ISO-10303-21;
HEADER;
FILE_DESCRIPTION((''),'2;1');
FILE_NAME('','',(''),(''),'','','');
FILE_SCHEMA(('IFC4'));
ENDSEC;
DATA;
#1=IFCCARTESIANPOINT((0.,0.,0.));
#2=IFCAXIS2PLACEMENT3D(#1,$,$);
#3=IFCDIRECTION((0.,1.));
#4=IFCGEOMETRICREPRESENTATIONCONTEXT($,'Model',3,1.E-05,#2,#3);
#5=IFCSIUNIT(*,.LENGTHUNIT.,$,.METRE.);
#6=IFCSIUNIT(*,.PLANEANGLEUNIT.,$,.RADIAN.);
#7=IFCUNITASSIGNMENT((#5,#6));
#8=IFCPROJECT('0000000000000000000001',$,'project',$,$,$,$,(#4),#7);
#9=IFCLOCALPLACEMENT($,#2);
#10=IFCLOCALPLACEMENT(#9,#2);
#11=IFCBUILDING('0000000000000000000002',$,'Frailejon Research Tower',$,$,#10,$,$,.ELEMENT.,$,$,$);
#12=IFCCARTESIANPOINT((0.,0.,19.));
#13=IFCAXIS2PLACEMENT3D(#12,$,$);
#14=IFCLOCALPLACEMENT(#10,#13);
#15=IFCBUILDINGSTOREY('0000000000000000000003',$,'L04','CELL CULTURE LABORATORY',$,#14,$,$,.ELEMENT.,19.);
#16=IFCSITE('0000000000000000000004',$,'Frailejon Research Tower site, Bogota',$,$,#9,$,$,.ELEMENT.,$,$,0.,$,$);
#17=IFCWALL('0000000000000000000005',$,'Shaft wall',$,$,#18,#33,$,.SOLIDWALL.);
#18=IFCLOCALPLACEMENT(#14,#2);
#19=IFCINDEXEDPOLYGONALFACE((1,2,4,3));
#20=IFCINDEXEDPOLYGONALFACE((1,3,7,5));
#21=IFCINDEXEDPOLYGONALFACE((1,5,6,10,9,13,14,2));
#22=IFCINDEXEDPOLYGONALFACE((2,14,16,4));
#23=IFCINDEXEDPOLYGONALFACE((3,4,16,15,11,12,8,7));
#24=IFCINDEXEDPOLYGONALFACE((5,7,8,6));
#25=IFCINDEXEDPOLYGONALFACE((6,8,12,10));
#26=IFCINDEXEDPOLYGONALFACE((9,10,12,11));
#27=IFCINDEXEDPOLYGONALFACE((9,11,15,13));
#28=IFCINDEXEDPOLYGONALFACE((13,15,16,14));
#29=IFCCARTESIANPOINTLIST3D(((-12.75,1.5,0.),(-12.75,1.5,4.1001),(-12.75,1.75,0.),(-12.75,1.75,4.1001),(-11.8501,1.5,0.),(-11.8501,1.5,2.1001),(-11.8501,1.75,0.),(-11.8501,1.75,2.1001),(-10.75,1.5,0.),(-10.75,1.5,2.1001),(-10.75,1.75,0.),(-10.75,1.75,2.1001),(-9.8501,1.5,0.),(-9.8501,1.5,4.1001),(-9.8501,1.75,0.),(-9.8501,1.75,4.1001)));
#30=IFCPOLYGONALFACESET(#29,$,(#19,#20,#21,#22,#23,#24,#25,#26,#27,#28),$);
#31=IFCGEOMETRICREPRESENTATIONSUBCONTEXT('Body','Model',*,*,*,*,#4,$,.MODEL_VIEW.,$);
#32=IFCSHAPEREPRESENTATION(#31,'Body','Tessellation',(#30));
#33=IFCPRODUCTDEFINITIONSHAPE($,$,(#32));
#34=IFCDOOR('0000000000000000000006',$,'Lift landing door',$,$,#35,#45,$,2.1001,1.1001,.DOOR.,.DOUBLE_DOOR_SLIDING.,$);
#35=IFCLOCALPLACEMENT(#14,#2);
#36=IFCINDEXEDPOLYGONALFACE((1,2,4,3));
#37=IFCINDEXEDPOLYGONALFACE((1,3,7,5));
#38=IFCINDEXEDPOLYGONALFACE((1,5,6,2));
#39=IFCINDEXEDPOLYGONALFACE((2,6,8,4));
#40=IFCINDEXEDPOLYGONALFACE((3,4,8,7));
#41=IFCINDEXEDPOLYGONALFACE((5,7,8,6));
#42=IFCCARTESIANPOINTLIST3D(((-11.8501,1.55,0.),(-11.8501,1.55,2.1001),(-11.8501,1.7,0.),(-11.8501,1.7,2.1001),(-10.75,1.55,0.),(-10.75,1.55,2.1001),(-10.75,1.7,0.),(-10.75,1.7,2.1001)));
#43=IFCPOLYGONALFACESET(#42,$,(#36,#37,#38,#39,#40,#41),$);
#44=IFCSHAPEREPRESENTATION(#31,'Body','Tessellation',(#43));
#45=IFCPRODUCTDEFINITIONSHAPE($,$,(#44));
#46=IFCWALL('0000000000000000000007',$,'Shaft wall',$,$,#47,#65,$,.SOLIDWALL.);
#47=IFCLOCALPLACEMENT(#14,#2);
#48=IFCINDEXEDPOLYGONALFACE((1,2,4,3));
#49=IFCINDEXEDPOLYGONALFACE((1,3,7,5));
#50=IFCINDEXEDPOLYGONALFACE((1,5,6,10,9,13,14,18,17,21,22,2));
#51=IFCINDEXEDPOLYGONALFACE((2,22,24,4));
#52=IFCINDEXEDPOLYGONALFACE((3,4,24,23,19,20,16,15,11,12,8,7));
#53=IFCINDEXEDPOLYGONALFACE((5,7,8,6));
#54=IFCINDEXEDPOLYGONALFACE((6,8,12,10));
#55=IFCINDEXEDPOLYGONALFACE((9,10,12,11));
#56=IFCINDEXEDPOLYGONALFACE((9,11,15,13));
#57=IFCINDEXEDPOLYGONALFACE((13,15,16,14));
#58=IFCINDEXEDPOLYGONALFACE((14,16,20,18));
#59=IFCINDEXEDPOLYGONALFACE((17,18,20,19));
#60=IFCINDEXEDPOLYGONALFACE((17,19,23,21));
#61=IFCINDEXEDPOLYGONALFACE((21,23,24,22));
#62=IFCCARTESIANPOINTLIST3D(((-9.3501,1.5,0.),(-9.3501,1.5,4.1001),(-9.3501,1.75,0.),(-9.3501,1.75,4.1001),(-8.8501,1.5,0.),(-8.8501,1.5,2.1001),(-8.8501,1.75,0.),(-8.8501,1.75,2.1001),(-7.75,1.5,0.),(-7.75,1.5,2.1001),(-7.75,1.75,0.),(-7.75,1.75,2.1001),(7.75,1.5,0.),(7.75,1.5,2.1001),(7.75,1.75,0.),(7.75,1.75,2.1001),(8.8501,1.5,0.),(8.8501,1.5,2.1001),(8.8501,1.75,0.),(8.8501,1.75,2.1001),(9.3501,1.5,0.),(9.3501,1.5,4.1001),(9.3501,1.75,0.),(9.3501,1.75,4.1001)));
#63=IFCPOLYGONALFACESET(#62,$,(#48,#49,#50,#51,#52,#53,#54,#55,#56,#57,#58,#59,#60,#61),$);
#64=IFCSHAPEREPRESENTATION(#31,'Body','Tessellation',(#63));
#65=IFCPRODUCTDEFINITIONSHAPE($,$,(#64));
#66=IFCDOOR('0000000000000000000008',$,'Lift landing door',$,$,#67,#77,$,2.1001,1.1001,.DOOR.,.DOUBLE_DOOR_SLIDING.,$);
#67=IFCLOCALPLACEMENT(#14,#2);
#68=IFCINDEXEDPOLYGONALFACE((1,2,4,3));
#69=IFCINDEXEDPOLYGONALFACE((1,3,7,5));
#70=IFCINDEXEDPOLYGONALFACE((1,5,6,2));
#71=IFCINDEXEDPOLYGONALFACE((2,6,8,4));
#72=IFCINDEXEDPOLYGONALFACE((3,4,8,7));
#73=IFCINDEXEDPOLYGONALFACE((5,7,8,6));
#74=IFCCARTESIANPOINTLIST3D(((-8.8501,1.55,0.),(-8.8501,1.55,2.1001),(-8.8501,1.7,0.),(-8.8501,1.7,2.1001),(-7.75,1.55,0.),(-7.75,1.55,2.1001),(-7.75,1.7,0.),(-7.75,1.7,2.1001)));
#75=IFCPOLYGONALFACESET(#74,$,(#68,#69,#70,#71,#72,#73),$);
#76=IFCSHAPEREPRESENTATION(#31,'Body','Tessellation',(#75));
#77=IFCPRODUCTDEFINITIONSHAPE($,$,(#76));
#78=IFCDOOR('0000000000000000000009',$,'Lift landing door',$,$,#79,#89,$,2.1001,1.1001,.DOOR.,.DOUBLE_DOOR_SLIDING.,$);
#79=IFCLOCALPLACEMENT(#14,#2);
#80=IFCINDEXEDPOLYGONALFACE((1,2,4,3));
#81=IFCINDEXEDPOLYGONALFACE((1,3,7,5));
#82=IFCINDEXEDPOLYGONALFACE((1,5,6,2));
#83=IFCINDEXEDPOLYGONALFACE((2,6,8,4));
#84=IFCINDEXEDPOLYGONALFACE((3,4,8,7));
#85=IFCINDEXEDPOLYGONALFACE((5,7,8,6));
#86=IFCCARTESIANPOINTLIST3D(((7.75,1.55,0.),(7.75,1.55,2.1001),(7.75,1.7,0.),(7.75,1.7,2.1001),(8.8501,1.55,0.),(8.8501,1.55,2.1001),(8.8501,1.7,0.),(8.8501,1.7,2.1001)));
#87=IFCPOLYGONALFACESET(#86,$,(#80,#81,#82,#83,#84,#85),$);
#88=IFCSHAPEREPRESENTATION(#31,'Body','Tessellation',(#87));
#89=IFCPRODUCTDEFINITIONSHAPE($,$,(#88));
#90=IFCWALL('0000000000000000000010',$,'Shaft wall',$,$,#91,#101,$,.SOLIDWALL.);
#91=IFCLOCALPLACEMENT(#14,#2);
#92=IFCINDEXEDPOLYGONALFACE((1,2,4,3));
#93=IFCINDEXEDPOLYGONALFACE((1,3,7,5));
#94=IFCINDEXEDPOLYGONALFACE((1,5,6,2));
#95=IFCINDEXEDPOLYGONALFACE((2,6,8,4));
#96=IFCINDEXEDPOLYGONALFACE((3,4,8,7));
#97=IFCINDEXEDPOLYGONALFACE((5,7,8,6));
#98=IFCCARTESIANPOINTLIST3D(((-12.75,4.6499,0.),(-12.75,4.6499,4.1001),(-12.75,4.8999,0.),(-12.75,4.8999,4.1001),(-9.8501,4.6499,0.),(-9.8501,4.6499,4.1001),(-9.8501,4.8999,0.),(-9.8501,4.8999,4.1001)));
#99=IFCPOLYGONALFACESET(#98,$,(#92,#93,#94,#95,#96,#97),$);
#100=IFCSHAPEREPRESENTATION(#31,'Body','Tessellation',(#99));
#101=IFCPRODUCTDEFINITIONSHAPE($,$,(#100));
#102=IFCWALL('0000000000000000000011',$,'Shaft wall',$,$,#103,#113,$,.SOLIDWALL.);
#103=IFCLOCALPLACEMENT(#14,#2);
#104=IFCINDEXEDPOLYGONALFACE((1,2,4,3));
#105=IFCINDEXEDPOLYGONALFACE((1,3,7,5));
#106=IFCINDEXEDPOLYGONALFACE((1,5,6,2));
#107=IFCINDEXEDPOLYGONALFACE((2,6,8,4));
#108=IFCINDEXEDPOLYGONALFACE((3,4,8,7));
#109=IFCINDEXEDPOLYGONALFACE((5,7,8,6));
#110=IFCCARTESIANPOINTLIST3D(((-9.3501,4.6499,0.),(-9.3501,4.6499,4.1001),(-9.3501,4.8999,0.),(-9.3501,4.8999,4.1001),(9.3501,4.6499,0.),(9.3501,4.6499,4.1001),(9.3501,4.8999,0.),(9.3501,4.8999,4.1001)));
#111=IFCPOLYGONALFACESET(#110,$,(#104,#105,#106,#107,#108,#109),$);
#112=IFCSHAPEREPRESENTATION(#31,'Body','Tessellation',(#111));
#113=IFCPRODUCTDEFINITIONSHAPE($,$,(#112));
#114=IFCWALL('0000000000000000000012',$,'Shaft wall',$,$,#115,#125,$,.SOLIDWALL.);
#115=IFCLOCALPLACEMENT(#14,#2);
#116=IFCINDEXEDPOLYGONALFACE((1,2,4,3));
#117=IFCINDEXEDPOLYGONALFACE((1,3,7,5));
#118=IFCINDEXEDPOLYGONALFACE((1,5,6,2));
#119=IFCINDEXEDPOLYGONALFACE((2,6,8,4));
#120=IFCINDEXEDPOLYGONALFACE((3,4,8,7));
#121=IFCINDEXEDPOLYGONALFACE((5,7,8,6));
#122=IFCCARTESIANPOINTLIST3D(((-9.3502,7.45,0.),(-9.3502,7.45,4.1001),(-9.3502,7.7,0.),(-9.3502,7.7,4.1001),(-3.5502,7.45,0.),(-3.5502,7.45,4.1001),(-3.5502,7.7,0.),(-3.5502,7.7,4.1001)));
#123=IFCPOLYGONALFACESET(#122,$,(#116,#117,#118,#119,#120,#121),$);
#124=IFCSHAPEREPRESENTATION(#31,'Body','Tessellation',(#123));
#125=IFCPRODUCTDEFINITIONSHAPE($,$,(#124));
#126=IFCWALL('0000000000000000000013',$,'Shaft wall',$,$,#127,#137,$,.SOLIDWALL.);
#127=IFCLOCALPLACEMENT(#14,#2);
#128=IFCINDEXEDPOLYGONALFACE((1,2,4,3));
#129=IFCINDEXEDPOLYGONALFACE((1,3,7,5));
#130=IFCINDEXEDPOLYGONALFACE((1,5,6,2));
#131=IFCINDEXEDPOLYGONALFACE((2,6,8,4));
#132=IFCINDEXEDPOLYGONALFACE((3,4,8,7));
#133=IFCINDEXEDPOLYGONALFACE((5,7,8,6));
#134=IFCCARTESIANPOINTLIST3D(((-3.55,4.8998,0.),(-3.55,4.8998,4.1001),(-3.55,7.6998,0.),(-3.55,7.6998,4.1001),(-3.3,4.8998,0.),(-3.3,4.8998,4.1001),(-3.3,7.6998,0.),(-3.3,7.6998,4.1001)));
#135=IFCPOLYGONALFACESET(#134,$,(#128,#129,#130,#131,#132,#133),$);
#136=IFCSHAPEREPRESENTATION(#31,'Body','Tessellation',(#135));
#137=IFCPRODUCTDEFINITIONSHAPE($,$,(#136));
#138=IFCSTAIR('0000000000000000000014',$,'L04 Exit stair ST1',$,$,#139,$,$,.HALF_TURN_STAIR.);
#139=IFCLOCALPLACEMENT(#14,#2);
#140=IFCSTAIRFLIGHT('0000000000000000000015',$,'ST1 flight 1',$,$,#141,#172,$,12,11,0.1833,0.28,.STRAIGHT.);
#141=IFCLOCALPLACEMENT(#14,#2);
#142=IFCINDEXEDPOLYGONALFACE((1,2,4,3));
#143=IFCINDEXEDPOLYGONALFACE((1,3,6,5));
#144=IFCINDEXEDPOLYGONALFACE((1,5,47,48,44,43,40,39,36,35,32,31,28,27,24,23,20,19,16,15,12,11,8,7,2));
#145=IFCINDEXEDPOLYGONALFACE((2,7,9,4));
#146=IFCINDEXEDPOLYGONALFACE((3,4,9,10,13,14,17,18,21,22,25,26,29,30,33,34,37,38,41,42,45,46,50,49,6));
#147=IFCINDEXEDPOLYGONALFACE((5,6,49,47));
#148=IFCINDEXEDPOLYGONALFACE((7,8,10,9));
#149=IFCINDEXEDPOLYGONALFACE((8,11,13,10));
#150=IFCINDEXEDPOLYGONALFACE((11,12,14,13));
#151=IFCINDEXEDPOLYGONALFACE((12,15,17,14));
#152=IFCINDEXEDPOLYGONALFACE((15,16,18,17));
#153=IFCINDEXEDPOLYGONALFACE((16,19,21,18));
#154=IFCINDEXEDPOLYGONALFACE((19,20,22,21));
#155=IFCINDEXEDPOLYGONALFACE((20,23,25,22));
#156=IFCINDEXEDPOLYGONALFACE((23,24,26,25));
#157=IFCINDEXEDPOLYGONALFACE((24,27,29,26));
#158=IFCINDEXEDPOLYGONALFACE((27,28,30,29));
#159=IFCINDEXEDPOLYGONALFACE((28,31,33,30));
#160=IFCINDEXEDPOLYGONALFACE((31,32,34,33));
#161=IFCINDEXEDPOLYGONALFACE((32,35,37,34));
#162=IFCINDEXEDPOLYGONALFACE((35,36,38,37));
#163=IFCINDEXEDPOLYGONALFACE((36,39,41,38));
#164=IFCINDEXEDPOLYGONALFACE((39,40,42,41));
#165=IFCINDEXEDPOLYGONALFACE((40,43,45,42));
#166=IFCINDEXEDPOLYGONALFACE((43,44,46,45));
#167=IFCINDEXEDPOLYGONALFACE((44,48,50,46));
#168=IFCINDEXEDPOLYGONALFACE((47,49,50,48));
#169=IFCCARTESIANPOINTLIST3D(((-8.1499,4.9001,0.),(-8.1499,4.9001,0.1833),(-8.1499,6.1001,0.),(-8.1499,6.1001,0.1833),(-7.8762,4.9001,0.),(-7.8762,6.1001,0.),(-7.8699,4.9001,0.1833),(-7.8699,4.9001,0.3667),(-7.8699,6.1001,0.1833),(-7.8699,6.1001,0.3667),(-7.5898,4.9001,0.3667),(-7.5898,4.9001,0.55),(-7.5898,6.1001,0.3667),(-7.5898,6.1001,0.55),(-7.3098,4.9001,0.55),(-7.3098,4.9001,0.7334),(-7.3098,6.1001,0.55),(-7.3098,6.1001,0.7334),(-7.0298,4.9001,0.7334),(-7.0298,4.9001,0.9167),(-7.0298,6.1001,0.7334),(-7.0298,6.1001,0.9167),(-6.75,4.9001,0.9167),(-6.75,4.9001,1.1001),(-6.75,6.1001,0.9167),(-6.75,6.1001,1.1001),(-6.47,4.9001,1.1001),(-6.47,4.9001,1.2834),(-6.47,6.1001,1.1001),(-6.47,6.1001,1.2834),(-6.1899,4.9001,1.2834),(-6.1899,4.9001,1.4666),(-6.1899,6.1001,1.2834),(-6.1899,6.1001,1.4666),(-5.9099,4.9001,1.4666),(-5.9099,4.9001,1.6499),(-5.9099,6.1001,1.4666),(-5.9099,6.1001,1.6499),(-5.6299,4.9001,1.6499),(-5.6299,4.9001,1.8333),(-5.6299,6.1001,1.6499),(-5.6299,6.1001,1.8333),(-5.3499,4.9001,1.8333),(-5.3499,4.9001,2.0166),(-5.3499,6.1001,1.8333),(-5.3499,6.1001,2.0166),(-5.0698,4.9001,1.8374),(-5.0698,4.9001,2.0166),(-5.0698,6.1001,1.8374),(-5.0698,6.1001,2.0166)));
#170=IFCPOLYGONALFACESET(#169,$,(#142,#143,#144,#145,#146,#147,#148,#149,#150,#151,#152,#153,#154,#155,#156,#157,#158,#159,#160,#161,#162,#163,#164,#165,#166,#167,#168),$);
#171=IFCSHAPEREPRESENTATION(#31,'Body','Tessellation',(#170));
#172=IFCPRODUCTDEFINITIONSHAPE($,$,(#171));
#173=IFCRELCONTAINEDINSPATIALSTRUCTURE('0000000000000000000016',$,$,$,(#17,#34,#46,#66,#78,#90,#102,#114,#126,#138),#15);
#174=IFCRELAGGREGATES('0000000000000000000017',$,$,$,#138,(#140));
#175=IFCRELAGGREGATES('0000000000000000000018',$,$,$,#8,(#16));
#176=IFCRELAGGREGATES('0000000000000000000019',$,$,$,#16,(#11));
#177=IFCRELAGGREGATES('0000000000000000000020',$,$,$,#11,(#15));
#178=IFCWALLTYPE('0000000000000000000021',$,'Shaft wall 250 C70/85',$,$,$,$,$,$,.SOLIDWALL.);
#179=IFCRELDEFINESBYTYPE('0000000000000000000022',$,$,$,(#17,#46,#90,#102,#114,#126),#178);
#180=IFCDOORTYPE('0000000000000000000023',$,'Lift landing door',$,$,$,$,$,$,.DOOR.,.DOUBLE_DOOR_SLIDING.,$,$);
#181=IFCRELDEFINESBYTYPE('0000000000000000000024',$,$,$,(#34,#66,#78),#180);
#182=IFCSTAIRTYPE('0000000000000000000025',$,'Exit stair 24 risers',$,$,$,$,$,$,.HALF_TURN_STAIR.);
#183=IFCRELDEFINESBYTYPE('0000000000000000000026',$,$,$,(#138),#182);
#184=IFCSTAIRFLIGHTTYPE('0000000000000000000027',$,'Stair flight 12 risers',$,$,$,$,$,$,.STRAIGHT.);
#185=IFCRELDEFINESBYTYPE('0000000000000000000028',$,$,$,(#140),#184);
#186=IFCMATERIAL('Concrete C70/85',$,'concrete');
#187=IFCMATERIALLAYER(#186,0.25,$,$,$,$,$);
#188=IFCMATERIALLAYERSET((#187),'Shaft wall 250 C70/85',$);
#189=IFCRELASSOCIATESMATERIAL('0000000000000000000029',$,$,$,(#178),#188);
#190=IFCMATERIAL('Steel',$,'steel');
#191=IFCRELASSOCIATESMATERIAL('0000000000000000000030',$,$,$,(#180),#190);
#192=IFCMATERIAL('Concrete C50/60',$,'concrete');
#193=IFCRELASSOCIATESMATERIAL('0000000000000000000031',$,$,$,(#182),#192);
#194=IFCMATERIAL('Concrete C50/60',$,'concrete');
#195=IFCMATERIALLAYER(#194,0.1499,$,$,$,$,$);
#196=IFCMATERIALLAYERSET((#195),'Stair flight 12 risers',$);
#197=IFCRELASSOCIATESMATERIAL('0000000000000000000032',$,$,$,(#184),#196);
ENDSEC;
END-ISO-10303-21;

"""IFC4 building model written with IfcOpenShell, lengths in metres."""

from ifc_helpers import new_model, si_unit, direction, frame, frame_2d, origin, place, context, subcontext, project, spatial, polyline, rectangle, outline, extrude, material, layer, layer_set, type_object, element, fill, aggregate, save


model = new_model("IFC4")

# Units and contexts
model_context = context("Model", 3, precision=1e-05, world=origin(), true_north=direction((0.0, 1.0)))
body_context = subcontext(model_context, "Body", "Model", "MODEL_VIEW")
ifc_project = project(units=[si_unit("LENGTHUNIT", "METRE"), si_unit("PLANEANGLEUNIT", "RADIAN")], contexts=[model_context])

# Site, building, storey
site_placement = place(None, origin())
site = spatial("IfcSite", under=ifc_project, at=site_placement, Name="Frailejon Research Tower site, Bogota", CompositionType="ELEMENT", RefElevation=0.0)
building_placement = place(site_placement, origin())
building = spatial("IfcBuilding", under=site, at=building_placement, Name="Frailejon Research Tower", CompositionType="ELEMENT")
storey_placement = place(building_placement, frame((0.0, 0.0, 19.0)))
storey = spatial("IfcBuildingStorey", under=building, at=storey_placement, Name="L04", Description="CELL CULTURE LABORATORY", CompositionType="ELEMENT", Elevation=19.0)

# Wall, opening, door
ifc_material_1 = material(Name="Concrete C70/85", Category="concrete")
ifc_layer_1 = layer(ifc_material_1, 0.25)
ifc_layer_set_1 = layer_set([ifc_layer_1], Name="Shaft wall 250 C70/85")
wall_type_1 = type_object("IfcWallType", Name="Shaft wall 250 C70/85", PredefinedType="SOLIDWALL", material=ifc_layer_set_1)
wall_1_placement = place(storey_placement, frame((-12.75, 1.625, 0.0), z_axis=(0.0, 0.0, 1.0), x_axis=(1.0, 0.0, 0.0)))
wall_1 = element("IfcWall", 1, at=wall_1_placement, inside=storey, type_object=wall_type_1, Name="Shaft wall", PredefinedType="SOLIDWALL", context=body_context, shape_type="SweptSolid", body=[
    extrude(rectangle(XDim=2.8999, YDim=0.25, at=frame_2d((1.45, 0.0))), origin(), (0.0, 0.0, 1.0), 4.1001),
])
opening_1_placement = place(wall_1_placement, frame((0.8999, 0.0, 0.0)))
opening_1 = element("IfcOpeningElement", 2, at=opening_1_placement, cuts=wall_1, PredefinedType="OPENING", context=body_context, shape_type="SweptSolid", body=[
    extrude(rectangle(XDim=1.1001, YDim=2.1001, at=frame_2d((0.55, 1.05))), frame((0.0, 0.135, 0.0), z_axis=(0.0, -1.0, 0.0), x_axis=(1.0, 0.0, 0.0)), (0.0, 0.0, 1.0), 0.27),
])
ifc_material_2 = material(Name="Steel", Category="steel")
door_type_1 = type_object("IfcDoorType", Name="Lift landing door", OperationType="DOUBLE_DOOR_SLIDING", PredefinedType="DOOR", material=ifc_material_2)
door_1_placement = place(opening_1_placement, origin())
door_1 = element("IfcDoor", 3, at=door_1_placement, inside=storey, type_object=door_type_1, Name="Lift landing door", OperationType="DOUBLE_DOOR_SLIDING", OverallHeight=2.1001, OverallWidth=1.1001, PredefinedType="DOOR", context=body_context, shape_type="SweptSolid", body=[
    extrude(rectangle(XDim=1.1001, YDim=2.1001, at=frame_2d((0.55, 1.05))), frame((0.0, 0.075, 0.0), z_axis=(0.0, -1.0, 0.0), x_axis=(1.0, 0.0, 0.0)), (0.0, 0.0, 1.0), 0.1499),
])
fill(opening_1, door_1)

# Wall, openings, doors
wall_2_placement = place(storey_placement, frame((-9.3501, 1.625, 0.0), z_axis=(0.0, 0.0, 1.0), x_axis=(1.0, 0.0, 0.0)))
wall_2 = element("IfcWall", 4, at=wall_2_placement, inside=storey, type_object=wall_type_1, Name="Shaft wall", PredefinedType="SOLIDWALL", context=body_context, shape_type="SweptSolid", body=[
    extrude(rectangle(XDim=18.7002, YDim=0.25, at=frame_2d((9.3501, 0.0))), origin(), (0.0, 0.0, 1.0), 4.1001),
])
opening_2_placement = place(wall_2_placement, frame((0.5, 0.0, 0.0)))
opening_2 = element("IfcOpeningElement", 5, at=opening_2_placement, cuts=wall_2, PredefinedType="OPENING", context=body_context, shape_type="SweptSolid", body=[
    extrude(rectangle(XDim=1.1001, YDim=2.1001, at=frame_2d((0.55, 1.05))), frame((0.0, 0.135, 0.0), z_axis=(0.0, -1.0, 0.0), x_axis=(1.0, 0.0, 0.0)), (0.0, 0.0, 1.0), 0.27),
])
opening_3_placement = place(wall_2_placement, frame((17.1001, 0.0, 0.0)))
opening_3 = element("IfcOpeningElement", 6, at=opening_3_placement, cuts=wall_2, PredefinedType="OPENING", context=body_context, shape_type="SweptSolid", body=[
    extrude(rectangle(XDim=1.1001, YDim=2.1001, at=frame_2d((0.55, 1.05))), frame((0.0, 0.135, 0.0), z_axis=(0.0, -1.0, 0.0), x_axis=(1.0, 0.0, 0.0)), (0.0, 0.0, 1.0), 0.27),
])
door_2_placement = place(opening_2_placement, origin())
door_2 = element("IfcDoor", 7, at=door_2_placement, inside=storey, type_object=door_type_1, Name="Lift landing door", OperationType="DOUBLE_DOOR_SLIDING", OverallHeight=2.1001, OverallWidth=1.1001, PredefinedType="DOOR", context=body_context, shape_type="SweptSolid", body=[
    extrude(rectangle(XDim=1.1001, YDim=2.1001, at=frame_2d((0.55, 1.05))), frame((0.0, 0.075, 0.0), z_axis=(0.0, -1.0, 0.0), x_axis=(1.0, 0.0, 0.0)), (0.0, 0.0, 1.0), 0.1499),
])
fill(opening_2, door_2)
door_3_placement = place(opening_3_placement, origin())
door_3 = element("IfcDoor", 8, at=door_3_placement, inside=storey, type_object=door_type_1, Name="Lift landing door", OperationType="DOUBLE_DOOR_SLIDING", OverallHeight=2.1001, OverallWidth=1.1001, PredefinedType="DOOR", context=body_context, shape_type="SweptSolid", body=[
    extrude(rectangle(XDim=1.1001, YDim=2.1001, at=frame_2d((0.55, 1.05))), frame((0.0, 0.075, 0.0), z_axis=(0.0, -1.0, 0.0), x_axis=(1.0, 0.0, 0.0)), (0.0, 0.0, 1.0), 0.1499),
])
fill(opening_3, door_3)

# Walls
wall_3_placement = place(storey_placement, frame((-12.75, 4.7749, 0.0), z_axis=(0.0, 0.0, 1.0), x_axis=(1.0, 0.0, 0.0)))
element("IfcWall", 9, at=wall_3_placement, inside=storey, type_object=wall_type_1, Name="Shaft wall", PredefinedType="SOLIDWALL", context=body_context, shape_type="SweptSolid", body=[
    extrude(rectangle(XDim=2.8999, YDim=0.25, at=frame_2d((1.45, 0.0))), origin(), (0.0, 0.0, 1.0), 4.1001),
])
wall_4_placement = place(storey_placement, frame((-9.3501, 4.7749, 0.0), z_axis=(0.0, 0.0, 1.0), x_axis=(1.0, 0.0, 0.0)))
element("IfcWall", 10, at=wall_4_placement, inside=storey, type_object=wall_type_1, Name="Shaft wall", PredefinedType="SOLIDWALL", context=body_context, shape_type="SweptSolid", body=[
    extrude(rectangle(XDim=18.7002, YDim=0.25, at=frame_2d((9.3501, 0.0))), origin(), (0.0, 0.0, 1.0), 4.1001),
])
wall_5_placement = place(storey_placement, frame((-9.3501, 7.575, 0.0), z_axis=(0.0, 0.0, 1.0), x_axis=(1.0, 0.0, 0.0)))
element("IfcWall", 11, at=wall_5_placement, inside=storey, type_object=wall_type_1, Name="Shaft wall", PredefinedType="SOLIDWALL", context=body_context, shape_type="SweptSolid", body=[
    extrude(rectangle(XDim=5.8, YDim=0.25, at=frame_2d((2.8999, 0.0))), origin(), (0.0, 0.0, 1.0), 4.1001),
])
wall_6_placement = place(storey_placement, frame((-3.425, 4.8999, 0.0), z_axis=(0.0, 0.0, 1.0), x_axis=(0.0, 1.0, 0.0)))
element("IfcWall", 12, at=wall_6_placement, inside=storey, type_object=wall_type_1, Name="Shaft wall", PredefinedType="SOLIDWALL", context=body_context, shape_type="SweptSolid", body=[
    extrude(rectangle(XDim=2.8, YDim=0.25, at=frame_2d((1.3999, 0.0))), origin(), (0.0, 0.0, 1.0), 4.1001),
])

# Stair, stair flight
ifc_material_3 = material(Name="Concrete C50/60", Category="concrete")
stair_type = type_object("IfcStairType", Name="Exit stair 24 risers", PredefinedType="HALF_TURN_STAIR", material=ifc_material_3)
stair_placement = place(storey_placement, origin())
stair = element("IfcStair", 13, at=stair_placement, inside=storey, type_object=stair_type, Name="L04 Exit stair ST1", PredefinedType="HALF_TURN_STAIR")
ifc_material_4 = material(Name="Concrete C50/60", Category="concrete")
ifc_layer_2 = layer(ifc_material_4, 0.1499)
ifc_layer_set_2 = layer_set([ifc_layer_2], Name="Stair flight 12 risers")
stair_flight_type = type_object("IfcStairFlightType", Name="Stair flight 12 risers", PredefinedType="STRAIGHT", material=ifc_layer_set_2)
stair_flight_1_placement = place(storey_placement, frame((-8.1499, 5.5, 0.0), z_axis=(0.0, 0.0, 1.0), x_axis=(1.0, 0.0, 0.0)))
stair_flight_1 = element("IfcStairFlight", 14, at=stair_flight_1_placement, type_object=stair_flight_type, Name="ST1 flight 1", NumberOfRisers=12, NumberOfTreads=11, PredefinedType="STRAIGHT", RiserHeight=0.1833, TreadLength=0.28, context=body_context, shape_type="SweptSolid", body=[
    extrude(outline(polyline([(0.0, 0.0), (0.0, 0.1833), (0.28, 0.1833), (0.28, 0.3667), (0.5601, 0.3667), (0.5601, 0.55), (0.8401, 0.55), (0.8401, 0.7334), (1.1201, 0.7334), (1.1201, 0.9167), (1.3999, 0.9167), (1.3999, 1.1001), (1.6799, 1.1001), (1.6799, 1.2834), (1.96, 1.2834), (1.96, 1.4666), (2.24, 1.4666), (2.24, 1.6499), (2.52, 1.6499), (2.52, 1.8333), (2.8, 1.8333), (2.8, 2.0166), (3.0801, 2.0166), (3.0801, 2.2), (3.0801, 1.8374), (0.2737, 0.0), (0.0, 0.0)])), frame((0.0, 0.6001, 0.0), z_axis=(0.0, -1.0, 0.0), x_axis=(1.0, 0.0, 0.0)), (0.0, 0.0, 1.0), 1.2),
])
aggregate(stair, [stair_flight_1])

save(model, "model.ifc")
